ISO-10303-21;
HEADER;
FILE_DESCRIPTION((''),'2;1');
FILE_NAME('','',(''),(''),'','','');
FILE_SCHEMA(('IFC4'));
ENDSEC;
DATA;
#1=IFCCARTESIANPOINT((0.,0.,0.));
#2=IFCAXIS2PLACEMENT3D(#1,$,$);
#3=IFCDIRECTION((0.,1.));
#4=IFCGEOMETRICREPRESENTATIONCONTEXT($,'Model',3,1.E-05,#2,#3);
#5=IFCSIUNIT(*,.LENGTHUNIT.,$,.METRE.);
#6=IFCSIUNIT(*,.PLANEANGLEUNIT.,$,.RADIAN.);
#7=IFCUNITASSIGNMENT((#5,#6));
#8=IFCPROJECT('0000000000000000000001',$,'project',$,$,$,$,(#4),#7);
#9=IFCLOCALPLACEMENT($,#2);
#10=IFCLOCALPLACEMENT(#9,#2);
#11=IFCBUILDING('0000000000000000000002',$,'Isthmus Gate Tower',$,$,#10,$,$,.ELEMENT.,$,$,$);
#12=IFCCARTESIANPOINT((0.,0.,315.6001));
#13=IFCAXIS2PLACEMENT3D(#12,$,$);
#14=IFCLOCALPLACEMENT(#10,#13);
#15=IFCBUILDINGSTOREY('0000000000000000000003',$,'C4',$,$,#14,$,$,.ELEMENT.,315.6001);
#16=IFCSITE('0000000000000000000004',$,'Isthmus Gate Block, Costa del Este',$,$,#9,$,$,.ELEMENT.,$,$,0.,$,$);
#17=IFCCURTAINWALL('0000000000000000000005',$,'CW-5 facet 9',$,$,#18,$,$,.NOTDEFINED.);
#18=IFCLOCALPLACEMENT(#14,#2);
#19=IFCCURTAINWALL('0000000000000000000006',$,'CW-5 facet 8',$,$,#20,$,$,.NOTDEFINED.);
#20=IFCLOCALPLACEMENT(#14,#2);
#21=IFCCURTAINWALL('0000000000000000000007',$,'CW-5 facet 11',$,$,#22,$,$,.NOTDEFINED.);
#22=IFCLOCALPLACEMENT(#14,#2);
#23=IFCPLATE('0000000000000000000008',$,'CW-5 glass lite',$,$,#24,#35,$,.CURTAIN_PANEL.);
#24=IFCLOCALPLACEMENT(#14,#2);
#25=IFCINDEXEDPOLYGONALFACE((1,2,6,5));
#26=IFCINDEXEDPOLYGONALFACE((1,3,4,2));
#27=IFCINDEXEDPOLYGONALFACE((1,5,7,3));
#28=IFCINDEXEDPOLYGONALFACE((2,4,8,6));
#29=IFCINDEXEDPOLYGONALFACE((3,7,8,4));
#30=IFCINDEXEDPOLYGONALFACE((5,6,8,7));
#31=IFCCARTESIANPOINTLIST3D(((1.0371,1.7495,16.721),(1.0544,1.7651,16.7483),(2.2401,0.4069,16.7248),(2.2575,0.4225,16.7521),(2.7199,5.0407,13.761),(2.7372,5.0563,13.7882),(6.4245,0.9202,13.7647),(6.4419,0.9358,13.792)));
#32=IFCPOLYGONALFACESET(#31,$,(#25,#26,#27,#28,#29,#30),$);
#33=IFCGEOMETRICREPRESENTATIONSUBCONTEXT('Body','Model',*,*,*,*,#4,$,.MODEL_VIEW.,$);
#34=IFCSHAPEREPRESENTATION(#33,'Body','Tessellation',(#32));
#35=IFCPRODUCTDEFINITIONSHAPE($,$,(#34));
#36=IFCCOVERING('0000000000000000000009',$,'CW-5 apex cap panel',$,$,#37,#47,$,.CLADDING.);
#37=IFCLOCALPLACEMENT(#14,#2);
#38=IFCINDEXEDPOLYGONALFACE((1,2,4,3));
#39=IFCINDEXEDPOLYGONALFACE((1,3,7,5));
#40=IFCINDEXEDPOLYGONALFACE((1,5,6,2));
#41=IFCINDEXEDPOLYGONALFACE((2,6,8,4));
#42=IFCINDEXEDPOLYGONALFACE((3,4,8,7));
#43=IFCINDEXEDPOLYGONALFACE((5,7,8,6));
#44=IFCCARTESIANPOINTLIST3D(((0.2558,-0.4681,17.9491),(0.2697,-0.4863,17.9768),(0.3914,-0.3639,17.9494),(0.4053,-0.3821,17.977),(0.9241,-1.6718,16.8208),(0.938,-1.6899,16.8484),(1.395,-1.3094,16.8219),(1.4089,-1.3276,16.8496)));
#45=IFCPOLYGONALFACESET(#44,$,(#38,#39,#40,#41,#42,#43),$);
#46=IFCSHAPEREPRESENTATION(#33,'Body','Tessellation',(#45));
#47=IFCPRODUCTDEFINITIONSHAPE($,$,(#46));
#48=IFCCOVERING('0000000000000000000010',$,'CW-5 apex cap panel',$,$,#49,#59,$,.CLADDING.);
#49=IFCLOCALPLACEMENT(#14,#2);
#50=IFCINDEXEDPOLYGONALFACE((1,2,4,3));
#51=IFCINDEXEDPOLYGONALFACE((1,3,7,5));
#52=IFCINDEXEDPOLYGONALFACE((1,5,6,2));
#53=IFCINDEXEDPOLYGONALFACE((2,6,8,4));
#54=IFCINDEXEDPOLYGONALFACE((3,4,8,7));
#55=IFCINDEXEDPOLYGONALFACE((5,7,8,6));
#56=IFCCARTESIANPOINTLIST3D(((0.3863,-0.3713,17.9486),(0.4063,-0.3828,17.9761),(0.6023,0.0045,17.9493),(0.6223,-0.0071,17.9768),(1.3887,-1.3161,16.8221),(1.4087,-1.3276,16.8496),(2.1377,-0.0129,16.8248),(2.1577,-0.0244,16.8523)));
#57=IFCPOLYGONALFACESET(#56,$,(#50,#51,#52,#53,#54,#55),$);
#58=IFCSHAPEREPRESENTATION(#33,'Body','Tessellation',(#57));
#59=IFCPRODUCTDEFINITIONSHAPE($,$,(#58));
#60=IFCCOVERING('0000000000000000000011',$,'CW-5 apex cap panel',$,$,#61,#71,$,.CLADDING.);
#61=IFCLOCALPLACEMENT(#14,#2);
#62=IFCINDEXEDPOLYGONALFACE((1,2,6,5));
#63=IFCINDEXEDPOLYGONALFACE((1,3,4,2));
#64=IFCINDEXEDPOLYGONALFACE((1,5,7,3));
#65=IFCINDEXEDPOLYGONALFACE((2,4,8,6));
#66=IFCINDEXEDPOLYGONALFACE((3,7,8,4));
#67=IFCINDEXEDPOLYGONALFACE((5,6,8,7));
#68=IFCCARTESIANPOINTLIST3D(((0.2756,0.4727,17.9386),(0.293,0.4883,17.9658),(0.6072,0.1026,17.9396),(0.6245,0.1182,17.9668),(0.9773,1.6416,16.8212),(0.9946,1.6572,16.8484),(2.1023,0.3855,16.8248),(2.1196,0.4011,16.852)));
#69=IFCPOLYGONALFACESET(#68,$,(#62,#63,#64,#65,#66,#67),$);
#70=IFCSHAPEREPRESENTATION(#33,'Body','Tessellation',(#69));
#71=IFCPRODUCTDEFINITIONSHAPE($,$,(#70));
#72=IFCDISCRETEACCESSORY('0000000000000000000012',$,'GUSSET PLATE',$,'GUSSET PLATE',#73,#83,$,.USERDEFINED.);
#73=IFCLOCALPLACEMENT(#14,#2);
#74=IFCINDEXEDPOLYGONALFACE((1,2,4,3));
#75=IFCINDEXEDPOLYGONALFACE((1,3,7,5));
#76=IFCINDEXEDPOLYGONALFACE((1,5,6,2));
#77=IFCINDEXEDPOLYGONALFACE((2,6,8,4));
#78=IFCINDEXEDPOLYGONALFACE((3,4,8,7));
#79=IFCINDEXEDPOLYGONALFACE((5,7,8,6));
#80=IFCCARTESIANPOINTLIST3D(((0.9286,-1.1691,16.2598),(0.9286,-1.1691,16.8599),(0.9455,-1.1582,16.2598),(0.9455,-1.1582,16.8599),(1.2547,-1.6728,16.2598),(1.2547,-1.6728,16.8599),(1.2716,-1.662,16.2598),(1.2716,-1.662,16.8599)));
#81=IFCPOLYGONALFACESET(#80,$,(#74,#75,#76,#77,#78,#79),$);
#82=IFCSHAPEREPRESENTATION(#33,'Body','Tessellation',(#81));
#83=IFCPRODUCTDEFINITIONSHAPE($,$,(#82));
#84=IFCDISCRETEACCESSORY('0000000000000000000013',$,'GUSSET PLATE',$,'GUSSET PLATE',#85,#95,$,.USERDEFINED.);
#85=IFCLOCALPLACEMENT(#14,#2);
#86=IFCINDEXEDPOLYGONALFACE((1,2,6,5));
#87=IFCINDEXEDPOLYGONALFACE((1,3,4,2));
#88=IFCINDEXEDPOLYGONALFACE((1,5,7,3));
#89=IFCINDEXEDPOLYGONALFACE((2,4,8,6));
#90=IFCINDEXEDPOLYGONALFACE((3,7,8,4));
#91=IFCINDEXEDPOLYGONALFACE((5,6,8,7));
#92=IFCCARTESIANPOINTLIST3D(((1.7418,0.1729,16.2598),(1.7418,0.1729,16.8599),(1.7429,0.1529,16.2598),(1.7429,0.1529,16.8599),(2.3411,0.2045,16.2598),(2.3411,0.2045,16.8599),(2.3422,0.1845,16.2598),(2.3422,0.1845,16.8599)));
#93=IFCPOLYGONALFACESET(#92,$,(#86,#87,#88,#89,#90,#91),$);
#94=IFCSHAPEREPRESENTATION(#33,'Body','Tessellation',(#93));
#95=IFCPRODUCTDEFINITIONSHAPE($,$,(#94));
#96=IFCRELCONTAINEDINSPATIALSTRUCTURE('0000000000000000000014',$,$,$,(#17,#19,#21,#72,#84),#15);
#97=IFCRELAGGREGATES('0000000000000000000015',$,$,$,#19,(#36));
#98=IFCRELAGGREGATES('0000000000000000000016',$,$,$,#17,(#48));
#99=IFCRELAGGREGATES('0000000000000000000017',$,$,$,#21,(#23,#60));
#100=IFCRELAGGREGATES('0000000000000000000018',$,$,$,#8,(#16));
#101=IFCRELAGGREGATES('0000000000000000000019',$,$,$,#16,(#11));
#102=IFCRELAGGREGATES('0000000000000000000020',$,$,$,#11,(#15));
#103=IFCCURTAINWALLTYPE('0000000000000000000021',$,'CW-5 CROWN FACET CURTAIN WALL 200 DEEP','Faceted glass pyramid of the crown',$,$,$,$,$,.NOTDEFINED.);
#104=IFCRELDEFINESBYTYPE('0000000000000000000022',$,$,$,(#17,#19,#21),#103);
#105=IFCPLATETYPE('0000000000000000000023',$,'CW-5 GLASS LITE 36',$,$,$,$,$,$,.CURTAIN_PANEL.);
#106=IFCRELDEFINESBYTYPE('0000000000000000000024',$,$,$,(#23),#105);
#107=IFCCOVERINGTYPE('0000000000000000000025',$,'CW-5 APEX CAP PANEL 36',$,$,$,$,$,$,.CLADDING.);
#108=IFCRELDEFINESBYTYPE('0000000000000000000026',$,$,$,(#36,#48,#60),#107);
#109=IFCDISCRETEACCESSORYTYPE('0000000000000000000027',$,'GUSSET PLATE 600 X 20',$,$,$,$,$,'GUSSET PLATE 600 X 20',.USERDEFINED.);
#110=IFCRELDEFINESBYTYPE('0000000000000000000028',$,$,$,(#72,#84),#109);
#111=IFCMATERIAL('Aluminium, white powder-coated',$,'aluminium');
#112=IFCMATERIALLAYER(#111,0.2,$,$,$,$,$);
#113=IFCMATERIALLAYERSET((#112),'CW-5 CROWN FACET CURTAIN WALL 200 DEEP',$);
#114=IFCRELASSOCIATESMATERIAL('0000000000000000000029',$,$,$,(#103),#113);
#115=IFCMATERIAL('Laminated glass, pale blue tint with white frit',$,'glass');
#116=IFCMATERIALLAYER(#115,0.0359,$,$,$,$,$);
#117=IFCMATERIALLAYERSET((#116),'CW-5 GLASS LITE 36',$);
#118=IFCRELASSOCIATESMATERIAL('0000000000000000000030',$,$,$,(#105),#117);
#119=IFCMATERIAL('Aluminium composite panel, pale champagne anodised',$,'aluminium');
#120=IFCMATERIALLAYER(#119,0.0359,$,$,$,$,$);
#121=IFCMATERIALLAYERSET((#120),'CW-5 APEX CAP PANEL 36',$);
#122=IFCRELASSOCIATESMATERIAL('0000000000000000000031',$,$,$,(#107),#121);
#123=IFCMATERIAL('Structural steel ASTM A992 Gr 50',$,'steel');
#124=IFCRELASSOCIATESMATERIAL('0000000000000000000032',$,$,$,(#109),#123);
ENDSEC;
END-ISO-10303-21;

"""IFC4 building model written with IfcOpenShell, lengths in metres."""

from ifc_helpers import new_model, si_unit, direction, frame, origin, origin_2d, place, context, subcontext, project, spatial, polyline, rectangle, outline, extrude, material, layer, layer_set, type_object, element, aggregate, save


model = new_model("IFC4")

# Units and contexts
model_context = context("Model", 3, precision=1e-05, world=origin(), true_north=direction((0.0, 1.0)))
body_context = subcontext(model_context, "Body", "Model", "MODEL_VIEW")
ifc_project = project(units=[si_unit("LENGTHUNIT", "METRE"), si_unit("PLANEANGLEUNIT", "RADIAN")], contexts=[model_context])

# Site, building, storey
site_placement = place(None, origin())
site = spatial("IfcSite", under=ifc_project, at=site_placement, Name="Isthmus Gate Block, Costa del Este", CompositionType="ELEMENT", RefElevation=0.0)
building_placement = place(site_placement, origin())
building = spatial("IfcBuilding", under=site, at=building_placement, Name="Isthmus Gate Tower", CompositionType="ELEMENT")
storey_placement = place(building_placement, frame((0.0, 0.0, 315.6001)))
storey = spatial("IfcBuildingStorey", under=building, at=storey_placement, Name="C4", CompositionType="ELEMENT", Elevation=315.6001)

# Curtain wall
ifc_material_1 = material(Name="Aluminium, white powder-coated", Category="aluminium")
ifc_layer_1 = layer(ifc_material_1, 0.2)
ifc_layer_set_1 = layer_set([ifc_layer_1], Name="CW-5 CROWN FACET CURTAIN WALL 200 DEEP")
curtain_wall_type = type_object("IfcCurtainWallType", Name="CW-5 CROWN FACET CURTAIN WALL 200 DEEP", Description="Faceted glass pyramid of the crown", PredefinedType="NOTDEFINED", material=ifc_layer_set_1)
curtain_wall_1_placement = place(storey_placement, origin())
curtain_wall_1 = element("IfcCurtainWall", 1, at=curtain_wall_1_placement, inside=storey, type_object=curtain_wall_type, Name="CW-5 facet 9", PredefinedType="NOTDEFINED")

# Curtain wall
curtain_wall_2_placement = place(storey_placement, origin())
curtain_wall_2 = element("IfcCurtainWall", 2, at=curtain_wall_2_placement, inside=storey, type_object=curtain_wall_type, Name="CW-5 facet 8", PredefinedType="NOTDEFINED")

# Shared definitions
placement_1 = place(building_placement, frame((0.0, 0.0, 329.1001)))

# Curtain wall
curtain_wall_3_placement = place(storey_placement, origin())
curtain_wall_3 = element("IfcCurtainWall", 3, at=curtain_wall_3_placement, inside=storey, type_object=curtain_wall_type, Name="CW-5 facet 11", PredefinedType="NOTDEFINED")

# Plate
ifc_material_2 = material(Name="Laminated glass, pale blue tint with white frit", Category="glass")
ifc_layer_2 = layer(ifc_material_2, 0.0359)
ifc_layer_set_2 = layer_set([ifc_layer_2], Name="CW-5 GLASS LITE 36")
plate_type = type_object("IfcPlateType", Name="CW-5 GLASS LITE 36", PredefinedType="CURTAIN_PANEL", material=ifc_layer_set_2)
plate_1_placement = place(placement_1, frame((6.4419, 0.9358, 0.292), z_axis=(0.483651, 0.435532, 0.759206), x_axis=(-0.668583, 0.743637, -0.000681)))
plate_1 = element("IfcPlate", 4, at=plate_1_placement, type_object=plate_type, Name="CW-5 glass lite", PredefinedType="CURTAIN_PANEL", context=body_context, shape_type="SweptSolid", body=[
    extrude(outline(polyline([(0.0, 0.0), (5.5411, 0.0), (4.2167, 4.5466), (2.4139, 4.5506), (0.0, 0.0)])), origin(), (0.0, 0.0, -1.0), 0.0359),
])

# Coverings
ifc_material_3 = material(Name="Aluminium composite panel, pale champagne anodised", Category="aluminium")
ifc_layer_3 = layer(ifc_material_3, 0.0359)
ifc_layer_set_3 = layer_set([ifc_layer_3], Name="CW-5 APEX CAP PANEL 36")
covering_type = type_object("IfcCoveringType", Name="CW-5 APEX CAP PANEL 36", PredefinedType="CLADDING", material=ifc_layer_set_3)
covering_1_placement = place(placement_1, frame((0.938, -1.6899, 3.3484), z_axis=(0.387848, -0.506559, 0.770046), x_axis=(0.792548, 0.609806, 0.001967)))
covering_1 = element("IfcCovering", 5, at=covering_1_placement, type_object=covering_type, Name="CW-5 apex cap panel", PredefinedType="CLADDING", context=body_context, shape_type="SweptSolid", body=[
    extrude(outline(polyline([(0.0, 0.0), (0.5942, 0.0), (0.3776, 1.7679), (0.2066, 1.768), (0.0, 0.0)])), origin(), (0.0, 0.0, -1.0), 0.0359),
])
aggregate(curtain_wall_2, [covering_1])
covering_2_placement = place(placement_1, frame((1.4087, -1.3276, 3.3496), z_axis=(0.557068, -0.321769, 0.765598), x_axis=(0.498314, 0.866994, 0.001799)))
covering_2 = element("IfcCovering", 6, at=covering_2_placement, type_object=covering_type, Name="CW-5 apex cap panel", PredefinedType="CLADDING", context=body_context, shape_type="SweptSolid", body=[
    extrude(outline(polyline([(0.0, 0.0), (1.5031, 0.0), (0.7551, 1.7501), (0.3217, 1.7502), (0.0, 0.0)])), origin(), (0.0, 0.0, -1.0), 0.0359),
])
aggregate(curtain_wall_1, [covering_2])
covering_3_placement = place(placement_1, frame((2.1196, 0.4011, 3.3521), z_axis=(0.483708, 0.435404, 0.759243), x_axis=(-0.66715, 0.74492, -0.002154)))
covering_3 = element("IfcCovering", 7, at=covering_3_placement, type_object=covering_type, Name="CW-5 apex cap panel", PredefinedType="CLADDING", context=body_context, shape_type="SweptSolid", body=[
    extrude(outline(polyline([(0.0, 0.0), (1.6862, 0.0), (1.2812, 1.7156), (0.7843, 1.7155), (0.0, 0.0)])), origin(), (0.0, 0.0, -1.0), 0.0359),
])
aggregate(curtain_wall_3, [plate_1, covering_3])

# Discrete accessories
ifc_material_4 = material(Name="Structural steel ASTM A992 Gr 50", Category="steel")
discrete_accessory_type = type_object("IfcDiscreteAccessoryType", Name="GUSSET PLATE 600 X 20", ElementType="GUSSET PLATE 600 X 20", PredefinedType="USERDEFINED", material=ifc_material_4)
for number, where, z_axis, x_axis, name in (
    (8, (1.1001, -1.4155, 16.2598), (0.0, 0.0, 1.0), (-0.543412, 0.839466, 0.0), "GUSSET PLATE"),
    (9, (2.042, 0.1787, 16.2598), (0.0, 0.0, 1.0), (-0.998617, -0.052567, 0.0), "GUSSET PLATE"),
):
    element("IfcDiscreteAccessory", number, at=place(storey_placement, frame(where, z_axis=z_axis, x_axis=x_axis)), inside=storey, type_object=discrete_accessory_type, Name=name, ObjectType="GUSSET PLATE", PredefinedType="USERDEFINED", context=body_context, shape_type="SweptSolid", body=[
        extrude(rectangle(XDim=0.6001, YDim=0.02, at=origin_2d()), origin(), (0.0, 0.0, 1.0), 0.6001),
    ])

save(model, "model.ifc")
